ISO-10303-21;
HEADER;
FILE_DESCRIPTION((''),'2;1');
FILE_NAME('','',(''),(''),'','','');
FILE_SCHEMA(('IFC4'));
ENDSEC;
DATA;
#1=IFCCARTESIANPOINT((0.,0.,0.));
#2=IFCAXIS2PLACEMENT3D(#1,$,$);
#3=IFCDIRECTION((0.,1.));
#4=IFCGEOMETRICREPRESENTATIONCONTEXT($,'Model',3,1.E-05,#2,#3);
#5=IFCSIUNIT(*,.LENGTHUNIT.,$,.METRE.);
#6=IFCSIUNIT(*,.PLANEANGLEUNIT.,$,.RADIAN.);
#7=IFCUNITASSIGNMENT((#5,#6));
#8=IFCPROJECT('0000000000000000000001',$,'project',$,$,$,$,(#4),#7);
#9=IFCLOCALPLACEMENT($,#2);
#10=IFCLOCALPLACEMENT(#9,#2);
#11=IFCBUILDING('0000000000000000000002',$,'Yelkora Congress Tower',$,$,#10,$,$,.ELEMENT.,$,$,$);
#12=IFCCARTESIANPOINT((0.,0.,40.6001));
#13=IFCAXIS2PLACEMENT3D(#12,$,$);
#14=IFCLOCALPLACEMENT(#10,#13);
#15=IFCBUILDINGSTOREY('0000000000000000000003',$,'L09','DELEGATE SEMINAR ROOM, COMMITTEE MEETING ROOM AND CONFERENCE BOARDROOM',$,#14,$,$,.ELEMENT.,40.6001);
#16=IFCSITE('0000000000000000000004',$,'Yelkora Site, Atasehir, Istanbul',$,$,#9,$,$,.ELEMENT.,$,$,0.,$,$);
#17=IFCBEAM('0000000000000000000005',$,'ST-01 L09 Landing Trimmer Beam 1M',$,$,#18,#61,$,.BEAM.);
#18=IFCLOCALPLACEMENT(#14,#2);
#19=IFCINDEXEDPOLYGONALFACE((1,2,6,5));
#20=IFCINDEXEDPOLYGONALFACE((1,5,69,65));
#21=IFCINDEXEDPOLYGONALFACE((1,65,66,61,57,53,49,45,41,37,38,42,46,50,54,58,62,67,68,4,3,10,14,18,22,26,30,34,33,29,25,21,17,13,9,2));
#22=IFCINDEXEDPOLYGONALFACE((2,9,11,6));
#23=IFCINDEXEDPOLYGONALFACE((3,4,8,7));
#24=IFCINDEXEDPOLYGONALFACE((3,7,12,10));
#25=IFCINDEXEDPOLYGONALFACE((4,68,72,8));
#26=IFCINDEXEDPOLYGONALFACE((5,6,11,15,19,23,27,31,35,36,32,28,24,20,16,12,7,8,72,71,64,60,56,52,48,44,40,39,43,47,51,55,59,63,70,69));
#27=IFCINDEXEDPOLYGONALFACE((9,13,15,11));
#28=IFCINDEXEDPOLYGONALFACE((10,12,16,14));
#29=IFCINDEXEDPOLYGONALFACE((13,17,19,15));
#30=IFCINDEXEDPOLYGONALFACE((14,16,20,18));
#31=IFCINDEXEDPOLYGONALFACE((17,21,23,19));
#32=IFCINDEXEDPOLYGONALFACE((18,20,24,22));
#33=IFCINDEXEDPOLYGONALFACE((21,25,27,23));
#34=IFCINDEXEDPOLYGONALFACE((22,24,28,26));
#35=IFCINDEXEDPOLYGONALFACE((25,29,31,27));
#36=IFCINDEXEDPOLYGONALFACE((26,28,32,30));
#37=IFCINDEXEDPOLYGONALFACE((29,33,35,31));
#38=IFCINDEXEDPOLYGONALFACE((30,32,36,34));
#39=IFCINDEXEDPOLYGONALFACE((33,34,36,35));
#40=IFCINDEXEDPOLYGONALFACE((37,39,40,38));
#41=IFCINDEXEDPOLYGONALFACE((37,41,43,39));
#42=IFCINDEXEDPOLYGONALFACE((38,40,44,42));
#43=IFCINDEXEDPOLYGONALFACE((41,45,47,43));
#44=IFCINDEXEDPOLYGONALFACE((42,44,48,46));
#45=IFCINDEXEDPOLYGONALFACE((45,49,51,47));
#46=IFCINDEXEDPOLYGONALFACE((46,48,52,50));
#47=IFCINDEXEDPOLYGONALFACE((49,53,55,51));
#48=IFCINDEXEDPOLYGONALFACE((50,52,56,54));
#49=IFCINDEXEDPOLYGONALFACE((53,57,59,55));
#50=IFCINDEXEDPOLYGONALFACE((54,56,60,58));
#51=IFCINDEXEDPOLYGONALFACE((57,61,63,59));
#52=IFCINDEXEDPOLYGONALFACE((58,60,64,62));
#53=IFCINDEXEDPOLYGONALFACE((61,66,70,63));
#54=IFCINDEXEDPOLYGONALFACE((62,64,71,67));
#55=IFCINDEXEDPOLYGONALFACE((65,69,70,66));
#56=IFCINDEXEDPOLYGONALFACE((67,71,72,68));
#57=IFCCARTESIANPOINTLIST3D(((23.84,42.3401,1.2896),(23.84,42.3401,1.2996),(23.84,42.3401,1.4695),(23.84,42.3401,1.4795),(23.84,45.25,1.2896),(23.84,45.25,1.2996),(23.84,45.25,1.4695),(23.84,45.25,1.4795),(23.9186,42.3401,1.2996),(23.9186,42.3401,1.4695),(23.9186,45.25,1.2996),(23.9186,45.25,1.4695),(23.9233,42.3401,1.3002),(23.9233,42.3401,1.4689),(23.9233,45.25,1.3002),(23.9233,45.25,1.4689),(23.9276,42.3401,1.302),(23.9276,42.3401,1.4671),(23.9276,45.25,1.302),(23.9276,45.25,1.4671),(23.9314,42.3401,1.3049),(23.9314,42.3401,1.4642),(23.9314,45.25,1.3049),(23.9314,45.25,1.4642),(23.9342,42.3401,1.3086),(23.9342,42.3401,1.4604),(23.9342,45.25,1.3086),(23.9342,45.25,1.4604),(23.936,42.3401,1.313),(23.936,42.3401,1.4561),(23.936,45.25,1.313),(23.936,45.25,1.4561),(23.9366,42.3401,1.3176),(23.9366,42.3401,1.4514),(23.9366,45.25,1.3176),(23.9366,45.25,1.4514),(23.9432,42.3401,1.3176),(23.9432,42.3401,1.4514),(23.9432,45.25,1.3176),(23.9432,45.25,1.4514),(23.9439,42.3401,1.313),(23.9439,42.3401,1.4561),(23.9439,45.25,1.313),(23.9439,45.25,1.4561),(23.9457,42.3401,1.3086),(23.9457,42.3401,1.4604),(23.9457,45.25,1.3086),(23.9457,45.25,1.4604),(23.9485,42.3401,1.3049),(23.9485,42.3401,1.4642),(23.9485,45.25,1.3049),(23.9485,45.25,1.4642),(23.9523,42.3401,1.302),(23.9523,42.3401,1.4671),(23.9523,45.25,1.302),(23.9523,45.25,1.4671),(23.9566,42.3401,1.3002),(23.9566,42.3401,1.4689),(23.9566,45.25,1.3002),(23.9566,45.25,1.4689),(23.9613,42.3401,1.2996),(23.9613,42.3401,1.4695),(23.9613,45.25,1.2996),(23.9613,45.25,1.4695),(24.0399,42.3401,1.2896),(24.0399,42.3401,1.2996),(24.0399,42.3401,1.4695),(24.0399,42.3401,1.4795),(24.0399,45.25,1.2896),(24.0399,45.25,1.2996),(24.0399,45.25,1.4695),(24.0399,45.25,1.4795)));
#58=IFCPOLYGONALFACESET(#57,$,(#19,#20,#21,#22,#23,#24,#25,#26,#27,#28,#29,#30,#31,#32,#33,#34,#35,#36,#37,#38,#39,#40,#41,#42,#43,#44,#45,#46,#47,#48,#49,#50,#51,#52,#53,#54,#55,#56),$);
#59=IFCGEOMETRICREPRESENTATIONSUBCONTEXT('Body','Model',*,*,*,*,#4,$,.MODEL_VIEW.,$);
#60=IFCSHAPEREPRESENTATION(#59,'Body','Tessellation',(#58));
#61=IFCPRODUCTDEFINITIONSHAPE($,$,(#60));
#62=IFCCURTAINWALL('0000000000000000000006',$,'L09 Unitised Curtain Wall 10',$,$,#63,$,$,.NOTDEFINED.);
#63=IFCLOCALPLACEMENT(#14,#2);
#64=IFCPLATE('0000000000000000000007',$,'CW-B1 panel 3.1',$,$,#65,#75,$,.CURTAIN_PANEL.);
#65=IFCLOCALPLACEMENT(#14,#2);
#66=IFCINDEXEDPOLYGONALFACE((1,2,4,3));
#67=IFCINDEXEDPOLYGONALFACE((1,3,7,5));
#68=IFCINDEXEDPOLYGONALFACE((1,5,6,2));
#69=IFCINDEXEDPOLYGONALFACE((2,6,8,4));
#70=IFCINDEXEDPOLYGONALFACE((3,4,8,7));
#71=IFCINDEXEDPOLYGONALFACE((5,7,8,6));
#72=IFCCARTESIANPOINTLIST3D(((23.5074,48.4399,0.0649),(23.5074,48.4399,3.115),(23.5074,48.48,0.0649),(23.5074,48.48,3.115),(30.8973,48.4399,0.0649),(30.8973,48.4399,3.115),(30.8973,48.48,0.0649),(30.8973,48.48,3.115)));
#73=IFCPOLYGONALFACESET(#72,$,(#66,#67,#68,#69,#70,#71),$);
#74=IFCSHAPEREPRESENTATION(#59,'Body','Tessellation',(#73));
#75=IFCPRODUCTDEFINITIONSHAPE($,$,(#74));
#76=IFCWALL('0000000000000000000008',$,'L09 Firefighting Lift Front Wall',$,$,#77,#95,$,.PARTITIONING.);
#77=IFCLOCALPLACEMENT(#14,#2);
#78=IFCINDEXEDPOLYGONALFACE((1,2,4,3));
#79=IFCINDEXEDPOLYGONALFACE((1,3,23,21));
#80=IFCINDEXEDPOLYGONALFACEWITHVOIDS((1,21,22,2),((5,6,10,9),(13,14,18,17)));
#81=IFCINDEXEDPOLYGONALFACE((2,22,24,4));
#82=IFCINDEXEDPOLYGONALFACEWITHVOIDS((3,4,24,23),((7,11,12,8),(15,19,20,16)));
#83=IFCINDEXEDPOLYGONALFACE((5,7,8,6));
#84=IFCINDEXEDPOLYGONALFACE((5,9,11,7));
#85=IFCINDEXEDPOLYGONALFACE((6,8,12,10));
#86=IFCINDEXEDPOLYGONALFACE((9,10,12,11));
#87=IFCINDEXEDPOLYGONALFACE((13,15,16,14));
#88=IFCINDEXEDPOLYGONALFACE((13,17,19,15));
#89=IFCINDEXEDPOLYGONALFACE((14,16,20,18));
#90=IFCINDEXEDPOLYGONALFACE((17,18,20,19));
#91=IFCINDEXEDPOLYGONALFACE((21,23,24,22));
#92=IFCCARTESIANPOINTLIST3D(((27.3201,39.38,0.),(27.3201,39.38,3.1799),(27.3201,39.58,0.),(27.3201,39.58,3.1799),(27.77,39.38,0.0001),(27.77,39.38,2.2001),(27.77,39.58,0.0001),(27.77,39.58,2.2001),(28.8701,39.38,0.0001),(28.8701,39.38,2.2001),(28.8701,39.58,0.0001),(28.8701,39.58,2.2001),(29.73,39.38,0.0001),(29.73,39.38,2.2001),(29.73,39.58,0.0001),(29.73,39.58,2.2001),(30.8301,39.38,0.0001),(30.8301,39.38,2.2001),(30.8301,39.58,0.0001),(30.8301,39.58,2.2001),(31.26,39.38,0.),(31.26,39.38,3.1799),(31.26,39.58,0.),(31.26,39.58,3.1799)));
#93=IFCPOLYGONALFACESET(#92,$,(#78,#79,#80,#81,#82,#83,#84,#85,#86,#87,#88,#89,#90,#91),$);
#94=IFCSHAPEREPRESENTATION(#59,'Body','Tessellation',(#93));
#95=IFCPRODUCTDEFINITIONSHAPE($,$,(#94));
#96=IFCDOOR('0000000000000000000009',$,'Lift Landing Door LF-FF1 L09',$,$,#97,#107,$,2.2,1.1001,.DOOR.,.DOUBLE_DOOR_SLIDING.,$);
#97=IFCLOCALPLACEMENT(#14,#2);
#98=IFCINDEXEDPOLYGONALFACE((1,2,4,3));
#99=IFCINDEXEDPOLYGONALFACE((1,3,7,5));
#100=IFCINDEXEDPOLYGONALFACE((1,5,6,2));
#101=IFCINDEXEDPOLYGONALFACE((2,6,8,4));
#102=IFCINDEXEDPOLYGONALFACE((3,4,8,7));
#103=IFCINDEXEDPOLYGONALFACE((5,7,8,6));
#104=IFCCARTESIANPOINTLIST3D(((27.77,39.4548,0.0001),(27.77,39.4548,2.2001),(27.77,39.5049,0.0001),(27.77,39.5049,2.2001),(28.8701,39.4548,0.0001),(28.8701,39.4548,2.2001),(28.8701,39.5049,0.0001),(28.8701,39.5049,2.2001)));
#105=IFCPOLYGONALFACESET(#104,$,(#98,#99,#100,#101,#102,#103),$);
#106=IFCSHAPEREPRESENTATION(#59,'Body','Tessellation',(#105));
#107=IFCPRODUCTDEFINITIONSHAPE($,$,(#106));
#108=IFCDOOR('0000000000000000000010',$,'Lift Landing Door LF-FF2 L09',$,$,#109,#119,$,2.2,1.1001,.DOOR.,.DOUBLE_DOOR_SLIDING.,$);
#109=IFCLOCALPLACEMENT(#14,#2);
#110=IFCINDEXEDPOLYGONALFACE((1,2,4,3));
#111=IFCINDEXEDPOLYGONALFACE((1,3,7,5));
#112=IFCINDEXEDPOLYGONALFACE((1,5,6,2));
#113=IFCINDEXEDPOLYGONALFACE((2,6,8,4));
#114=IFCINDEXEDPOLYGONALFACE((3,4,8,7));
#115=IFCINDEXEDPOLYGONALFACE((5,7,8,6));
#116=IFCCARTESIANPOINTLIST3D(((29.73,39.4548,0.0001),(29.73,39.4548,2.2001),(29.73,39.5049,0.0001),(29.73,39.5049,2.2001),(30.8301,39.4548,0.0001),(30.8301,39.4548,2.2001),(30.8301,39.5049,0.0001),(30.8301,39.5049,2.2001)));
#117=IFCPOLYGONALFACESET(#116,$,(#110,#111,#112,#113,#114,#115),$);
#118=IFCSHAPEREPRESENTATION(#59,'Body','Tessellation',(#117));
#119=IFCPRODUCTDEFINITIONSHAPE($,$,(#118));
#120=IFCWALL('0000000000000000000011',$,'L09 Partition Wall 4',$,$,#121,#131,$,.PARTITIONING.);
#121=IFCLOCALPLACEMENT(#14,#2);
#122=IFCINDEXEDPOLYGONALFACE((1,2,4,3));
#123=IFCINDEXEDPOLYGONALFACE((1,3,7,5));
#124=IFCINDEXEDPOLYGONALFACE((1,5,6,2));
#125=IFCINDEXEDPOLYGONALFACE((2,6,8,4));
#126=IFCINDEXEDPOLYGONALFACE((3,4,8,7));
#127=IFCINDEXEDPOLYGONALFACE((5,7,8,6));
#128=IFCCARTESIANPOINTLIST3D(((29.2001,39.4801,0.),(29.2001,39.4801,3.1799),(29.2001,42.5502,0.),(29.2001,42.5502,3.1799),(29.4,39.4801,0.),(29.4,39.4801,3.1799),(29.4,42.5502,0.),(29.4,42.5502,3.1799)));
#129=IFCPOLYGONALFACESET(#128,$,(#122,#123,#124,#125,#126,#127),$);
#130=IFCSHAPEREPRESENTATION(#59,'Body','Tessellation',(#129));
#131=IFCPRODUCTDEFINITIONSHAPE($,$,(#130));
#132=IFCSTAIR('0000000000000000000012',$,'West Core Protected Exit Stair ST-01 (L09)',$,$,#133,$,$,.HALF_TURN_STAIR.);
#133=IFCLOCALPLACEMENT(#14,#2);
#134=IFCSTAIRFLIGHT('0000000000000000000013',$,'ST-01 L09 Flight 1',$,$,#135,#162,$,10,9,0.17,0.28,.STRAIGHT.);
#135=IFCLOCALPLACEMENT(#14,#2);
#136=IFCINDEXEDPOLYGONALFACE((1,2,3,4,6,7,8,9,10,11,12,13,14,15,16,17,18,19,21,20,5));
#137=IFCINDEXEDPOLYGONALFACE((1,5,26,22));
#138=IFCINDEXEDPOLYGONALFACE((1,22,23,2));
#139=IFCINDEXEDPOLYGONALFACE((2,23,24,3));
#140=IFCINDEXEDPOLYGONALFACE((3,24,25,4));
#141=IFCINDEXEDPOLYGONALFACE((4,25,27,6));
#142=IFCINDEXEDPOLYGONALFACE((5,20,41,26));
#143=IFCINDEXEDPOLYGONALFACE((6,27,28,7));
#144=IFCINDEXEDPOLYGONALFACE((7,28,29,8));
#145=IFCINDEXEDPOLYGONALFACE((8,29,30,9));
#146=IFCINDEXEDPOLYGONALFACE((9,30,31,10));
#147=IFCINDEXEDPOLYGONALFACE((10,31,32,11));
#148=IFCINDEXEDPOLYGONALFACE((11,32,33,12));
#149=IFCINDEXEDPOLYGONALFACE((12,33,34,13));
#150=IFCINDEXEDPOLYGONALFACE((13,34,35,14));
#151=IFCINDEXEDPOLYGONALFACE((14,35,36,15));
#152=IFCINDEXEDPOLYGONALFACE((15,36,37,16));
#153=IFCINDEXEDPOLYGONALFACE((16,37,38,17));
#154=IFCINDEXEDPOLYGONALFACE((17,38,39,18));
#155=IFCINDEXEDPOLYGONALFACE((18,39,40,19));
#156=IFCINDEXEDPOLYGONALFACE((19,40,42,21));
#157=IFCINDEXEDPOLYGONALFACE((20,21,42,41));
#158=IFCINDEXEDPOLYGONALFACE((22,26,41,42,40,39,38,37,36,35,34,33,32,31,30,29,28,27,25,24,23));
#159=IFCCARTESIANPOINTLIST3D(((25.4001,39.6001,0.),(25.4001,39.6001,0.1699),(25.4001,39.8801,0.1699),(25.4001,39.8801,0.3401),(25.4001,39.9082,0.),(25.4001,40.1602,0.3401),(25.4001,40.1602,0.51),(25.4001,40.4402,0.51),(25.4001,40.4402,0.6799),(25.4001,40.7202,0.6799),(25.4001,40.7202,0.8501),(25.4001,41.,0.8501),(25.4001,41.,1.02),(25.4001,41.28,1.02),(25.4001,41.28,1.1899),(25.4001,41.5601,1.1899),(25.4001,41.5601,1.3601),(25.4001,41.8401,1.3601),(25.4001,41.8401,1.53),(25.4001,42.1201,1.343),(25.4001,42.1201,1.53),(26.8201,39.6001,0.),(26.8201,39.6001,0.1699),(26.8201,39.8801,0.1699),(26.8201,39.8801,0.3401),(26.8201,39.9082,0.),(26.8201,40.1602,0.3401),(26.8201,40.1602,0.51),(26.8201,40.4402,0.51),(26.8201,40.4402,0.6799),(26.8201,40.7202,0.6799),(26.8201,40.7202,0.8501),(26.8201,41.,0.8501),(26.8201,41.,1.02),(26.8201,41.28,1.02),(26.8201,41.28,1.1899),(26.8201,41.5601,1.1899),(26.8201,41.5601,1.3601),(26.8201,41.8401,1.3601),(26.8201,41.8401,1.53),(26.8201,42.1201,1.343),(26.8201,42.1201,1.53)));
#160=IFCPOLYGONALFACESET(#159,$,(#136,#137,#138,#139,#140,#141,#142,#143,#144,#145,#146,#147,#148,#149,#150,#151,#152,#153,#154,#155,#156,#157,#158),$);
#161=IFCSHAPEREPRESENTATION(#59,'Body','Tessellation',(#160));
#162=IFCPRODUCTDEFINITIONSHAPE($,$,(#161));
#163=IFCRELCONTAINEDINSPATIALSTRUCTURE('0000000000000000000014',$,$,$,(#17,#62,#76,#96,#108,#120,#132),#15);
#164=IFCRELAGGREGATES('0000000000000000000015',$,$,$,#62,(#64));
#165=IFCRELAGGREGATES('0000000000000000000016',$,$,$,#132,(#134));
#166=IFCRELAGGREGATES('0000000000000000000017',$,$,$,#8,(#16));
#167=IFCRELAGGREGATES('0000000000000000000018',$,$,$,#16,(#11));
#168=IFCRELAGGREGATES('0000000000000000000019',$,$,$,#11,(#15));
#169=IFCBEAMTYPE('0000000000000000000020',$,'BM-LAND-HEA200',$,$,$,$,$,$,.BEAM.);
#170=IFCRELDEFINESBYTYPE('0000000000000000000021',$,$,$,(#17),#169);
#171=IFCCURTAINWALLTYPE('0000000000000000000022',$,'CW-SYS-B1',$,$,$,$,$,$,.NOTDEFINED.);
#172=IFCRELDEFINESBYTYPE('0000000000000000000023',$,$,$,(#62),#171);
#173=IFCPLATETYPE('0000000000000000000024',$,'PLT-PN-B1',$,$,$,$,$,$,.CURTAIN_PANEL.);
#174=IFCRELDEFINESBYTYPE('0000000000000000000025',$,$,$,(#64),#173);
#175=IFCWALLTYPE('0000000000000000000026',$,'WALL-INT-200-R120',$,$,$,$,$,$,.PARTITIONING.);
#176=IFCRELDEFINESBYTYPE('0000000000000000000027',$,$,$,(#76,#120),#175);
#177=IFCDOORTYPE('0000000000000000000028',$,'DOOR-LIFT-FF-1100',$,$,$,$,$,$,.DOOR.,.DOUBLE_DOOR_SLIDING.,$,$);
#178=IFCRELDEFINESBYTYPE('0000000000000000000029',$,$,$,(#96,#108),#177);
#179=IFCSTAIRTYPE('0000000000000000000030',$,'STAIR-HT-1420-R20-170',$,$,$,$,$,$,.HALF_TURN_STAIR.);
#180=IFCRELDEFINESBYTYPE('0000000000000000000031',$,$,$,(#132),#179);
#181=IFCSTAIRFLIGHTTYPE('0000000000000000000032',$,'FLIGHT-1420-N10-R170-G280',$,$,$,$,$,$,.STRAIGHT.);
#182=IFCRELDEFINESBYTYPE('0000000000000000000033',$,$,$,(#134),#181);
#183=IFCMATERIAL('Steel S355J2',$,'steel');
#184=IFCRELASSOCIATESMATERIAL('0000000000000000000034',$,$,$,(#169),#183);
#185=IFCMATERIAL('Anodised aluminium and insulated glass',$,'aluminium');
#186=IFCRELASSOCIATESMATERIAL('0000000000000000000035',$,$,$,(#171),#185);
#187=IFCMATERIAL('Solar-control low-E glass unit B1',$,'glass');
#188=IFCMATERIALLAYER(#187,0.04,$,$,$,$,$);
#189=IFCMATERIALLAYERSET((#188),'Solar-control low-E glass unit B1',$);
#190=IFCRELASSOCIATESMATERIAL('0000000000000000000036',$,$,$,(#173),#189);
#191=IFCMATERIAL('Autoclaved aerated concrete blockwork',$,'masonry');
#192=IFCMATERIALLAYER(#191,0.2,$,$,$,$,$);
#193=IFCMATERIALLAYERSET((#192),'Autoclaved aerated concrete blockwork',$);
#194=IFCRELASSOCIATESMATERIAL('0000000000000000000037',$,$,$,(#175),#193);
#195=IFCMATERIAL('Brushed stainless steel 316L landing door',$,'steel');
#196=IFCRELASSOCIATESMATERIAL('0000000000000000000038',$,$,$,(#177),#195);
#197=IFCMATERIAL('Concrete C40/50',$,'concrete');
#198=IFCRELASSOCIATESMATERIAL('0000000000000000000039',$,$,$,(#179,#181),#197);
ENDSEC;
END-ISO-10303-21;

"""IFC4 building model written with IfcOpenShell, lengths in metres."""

from ifc_helpers import new_model, si_unit, direction, frame, frame_2d, origin, origin_2d, place, context, subcontext, project, spatial, polyline, rectangle, i_section, outline, extrude, material, layer, layer_set, material_profile, profile_set, type_object, element, fill, aggregate, save


model = new_model("IFC4")

# Units and contexts
model_context = context("Model", 3, precision=1e-05, world=origin(), true_north=direction((0.0, 1.0)))
body_context = subcontext(model_context, "Body", "Model", "MODEL_VIEW")
ifc_project = project(units=[si_unit("LENGTHUNIT", "METRE"), si_unit("PLANEANGLEUNIT", "RADIAN")], contexts=[model_context])

# Site, building, storey
site_placement = place(None, origin())
site = spatial("IfcSite", under=ifc_project, at=site_placement, Name="Yelkora Site, Atasehir, Istanbul", CompositionType="ELEMENT", RefElevation=0.0)
building_placement = place(site_placement, origin())
building = spatial("IfcBuilding", under=site, at=building_placement, Name="Yelkora Congress Tower", CompositionType="ELEMENT")
storey_placement = place(building_placement, frame((0.0, 0.0, 40.6001)))
storey = spatial("IfcBuildingStorey", under=building, at=storey_placement, Name="L09", Description="DELEGATE SEMINAR ROOM, COMMITTEE MEETING ROOM AND CONFERENCE BOARDROOM", CompositionType="ELEMENT", Elevation=40.6001)

# Beam
ifc_material_1 = material(Name="Steel S355J2", Category="steel")
ifc_material_profile = material_profile(ifc_material_1, i_section(OverallWidth=0.2, OverallDepth=0.1899, WebThickness=0.0066, FlangeThickness=0.01, FilletRadius=0.0181, at=origin_2d()), Name="HEA 200")
ifc_profile_set = profile_set([ifc_material_profile], Name="Steel S355J2")
beam_type = type_object("IfcBeamType", Name="BM-LAND-HEA200", PredefinedType="BEAM", material=ifc_profile_set)
beam_placement = place(storey_placement, frame((23.9399, 42.3401, 1.3845), z_axis=(0.0, 1.0, 0.0), x_axis=(-1.0, 0.0, 0.0)))
element("IfcBeam", 1, at=beam_placement, inside=storey, type_object=beam_type, Name="ST-01 L09 Landing Trimmer Beam 1M", PredefinedType="BEAM", context=body_context, shape_type="SweptSolid", body=[
    extrude(i_section(OverallWidth=0.2, OverallDepth=0.1899, WebThickness=0.0066, FlangeThickness=0.01, FilletRadius=0.0181, at=origin_2d()), origin(), (0.0, 0.0, 1.0), 2.9099),
])

# Curtain wall, plate
ifc_material_2 = material(Name="Anodised aluminium and insulated glass", Category="aluminium")
curtain_wall_type = type_object("IfcCurtainWallType", Name="CW-SYS-B1", PredefinedType="NOTDEFINED", material=ifc_material_2)
curtain_wall_placement = place(storey_placement, origin())
curtain_wall = element("IfcCurtainWall", 2, at=curtain_wall_placement, inside=storey, type_object=curtain_wall_type, Name="L09 Unitised Curtain Wall 10", PredefinedType="NOTDEFINED")
ifc_material_3 = material(Name="Solar-control low-E glass unit B1", Category="glass")
ifc_layer_1 = layer(ifc_material_3, 0.04)
ifc_layer_set_1 = layer_set([ifc_layer_1], Name="Solar-control low-E glass unit B1")
plate_type = type_object("IfcPlateType", Name="PLT-PN-B1", PredefinedType="CURTAIN_PANEL", material=ifc_layer_set_1)
plate_placement = place(storey_placement, frame((27.2024, 48.46, 0.0649), z_axis=(0.0, 0.0, 1.0), x_axis=(1.0, 0.0, 0.0)))
plate = element("IfcPlate", 3, at=plate_placement, type_object=plate_type, Name="CW-B1 panel 3.1", PredefinedType="CURTAIN_PANEL", context=body_context, shape_type="SweptSolid", body=[
    extrude(rectangle(XDim=7.3899, YDim=0.04, at=origin_2d()), origin(), (0.0, 0.0, 1.0), 3.05),
])
aggregate(curtain_wall, [plate])

# Shared definitions
ifc_material_4 = material(Name="Autoclaved aerated concrete blockwork", Category="masonry")
ifc_layer_2 = layer(ifc_material_4, 0.2)
ifc_layer_set_2 = layer_set([ifc_layer_2], Name="Autoclaved aerated concrete blockwork")
wall_type_1 = type_object("IfcWallType", Name="WALL-INT-200-R120", PredefinedType="PARTITIONING", material=ifc_layer_set_2)

# Wall, openings, doors
wall_1_placement = place(storey_placement, frame((27.3201, 39.48, 0.0), z_axis=(0.0, 0.0, 1.0), x_axis=(1.0, 0.0, 0.0)))
wall_1 = element("IfcWall", 4, at=wall_1_placement, inside=storey, type_object=wall_type_1, Name="L09 Firefighting Lift Front Wall", PredefinedType="PARTITIONING", context=body_context, shape_type="SweptSolid", body=[
    extrude(rectangle(XDim=3.9399, YDim=0.2, at=frame_2d((1.97, 0.0))), origin(), (0.0, 0.0, 1.0), 3.1799),
])
opening_1_placement = place(wall_1_placement, frame((0.45, 0.0, 0.0)))
opening_1 = element("IfcOpeningElement", 5, at=opening_1_placement, cuts=wall_1, PredefinedType="OPENING", context=body_context, shape_type="SweptSolid", body=[
    extrude(rectangle(XDim=1.1001, YDim=2.2, at=frame_2d((0.55, 1.1001))), frame((0.0, 0.1099, 0.0), z_axis=(0.0, -1.0, 0.0), x_axis=(1.0, 0.0, 0.0)), (0.0, 0.0, 1.0), 0.22),
])
opening_2_placement = place(wall_1_placement, frame((2.4099, 0.0, 0.0)))
opening_2 = element("IfcOpeningElement", 6, at=opening_2_placement, cuts=wall_1, PredefinedType="OPENING", context=body_context, shape_type="SweptSolid", body=[
    extrude(rectangle(XDim=1.1001, YDim=2.2, at=frame_2d((0.55, 1.1001))), frame((0.0, 0.1099, 0.0), z_axis=(0.0, -1.0, 0.0), x_axis=(1.0, 0.0, 0.0)), (0.0, 0.0, 1.0), 0.22),
])
ifc_material_5 = material(Name="Brushed stainless steel 316L landing door", Category="steel")
door_type_1 = type_object("IfcDoorType", Name="DOOR-LIFT-FF-1100", OperationType="DOUBLE_DOOR_SLIDING", PredefinedType="DOOR", material=ifc_material_5)
door_1_placement = place(opening_1_placement, origin())
door_1 = element("IfcDoor", 7, at=door_1_placement, inside=storey, type_object=door_type_1, Name="Lift Landing Door LF-FF1 L09", OperationType="DOUBLE_DOOR_SLIDING", OverallHeight=2.2, OverallWidth=1.1001, PredefinedType="DOOR", context=body_context, shape_type="SweptSolid", body=[
    extrude(rectangle(XDim=1.1001, YDim=2.2, at=frame_2d((0.55, 1.1001))), frame((0.0, 0.0249, 0.0), z_axis=(0.0, -1.0, 0.0), x_axis=(1.0, 0.0, 0.0)), (0.0, 0.0, 1.0), 0.05),
])
fill(opening_1, door_1)
door_2_placement = place(opening_2_placement, origin())
door_2 = element("IfcDoor", 8, at=door_2_placement, inside=storey, type_object=door_type_1, Name="Lift Landing Door LF-FF2 L09", OperationType="DOUBLE_DOOR_SLIDING", OverallHeight=2.2, OverallWidth=1.1001, PredefinedType="DOOR", context=body_context, shape_type="SweptSolid", body=[
    extrude(rectangle(XDim=1.1001, YDim=2.2, at=frame_2d((0.55, 1.1001))), frame((0.0, 0.0249, 0.0), z_axis=(0.0, -1.0, 0.0), x_axis=(1.0, 0.0, 0.0)), (0.0, 0.0, 1.0), 0.05),
])
fill(opening_2, door_2)

# Wall
wall_2_placement = place(storey_placement, frame((29.3, 39.48, 0.0), z_axis=(0.0, 0.0, 1.0), x_axis=(0.0, 1.0, 0.0)))
element("IfcWall", 9, at=wall_2_placement, inside=storey, type_object=wall_type_1, Name="L09 Partition Wall 4", PredefinedType="PARTITIONING", context=body_context, shape_type="SweptSolid", body=[
    extrude(rectangle(XDim=3.0701, YDim=0.2, at=frame_2d((1.5352, 0.0))), origin(), (0.0, 0.0, 1.0), 3.1799),
])

# Stair, stair flight
ifc_material_6 = material(Name="Concrete C40/50", Category="concrete")
stair_type = type_object("IfcStairType", Name="STAIR-HT-1420-R20-170", PredefinedType="HALF_TURN_STAIR", material=ifc_material_6)
stair_placement = place(storey_placement, origin())
stair = element("IfcStair", 10, at=stair_placement, inside=storey, type_object=stair_type, Name="West Core Protected Exit Stair ST-01 (L09)", PredefinedType="HALF_TURN_STAIR")
stair_flight_type = type_object("IfcStairFlightType", Name="FLIGHT-1420-N10-R170-G280", PredefinedType="STRAIGHT", material=ifc_material_6)
stair_flight_1_placement = place(storey_placement, frame((26.1101, 39.6001, 0.0), z_axis=(0.0, 0.0, 1.0), x_axis=(0.0, 1.0, 0.0)))
stair_flight_1 = element("IfcStairFlight", 11, at=stair_flight_1_placement, type_object=stair_flight_type, Name="ST-01 L09 Flight 1", NumberOfRisers=10, NumberOfTreads=9, PredefinedType="STRAIGHT", RiserHeight=0.17, TreadLength=0.28, context=body_context, shape_type="SweptSolid", body=[
    extrude(outline(polyline([(0.0, 0.0), (0.0, 0.1699), (0.28, 0.1699), (0.28, 0.3401), (0.5601, 0.3401), (0.5601, 0.51), (0.8401, 0.51), (0.8401, 0.6799), (1.1201, 0.6799), (1.1201, 0.8501), (1.3999, 0.8501), (1.3999, 1.02), (1.6799, 1.02), (1.6799, 1.1899), (1.96, 1.1899), (1.96, 1.3601), (2.24, 1.3601), (2.24, 1.53), (2.52, 1.53), (2.52, 1.7), (2.52, 1.343), (0.3081, 0.0), (0.0, 0.0)])), frame((0.0, 0.71, 0.0), z_axis=(0.0, -1.0, 0.0), x_axis=(1.0, 0.0, 0.0)), (0.0, 0.0, 1.0), 1.4199),
])
aggregate(stair, [stair_flight_1])

save(model, "model.ifc")
